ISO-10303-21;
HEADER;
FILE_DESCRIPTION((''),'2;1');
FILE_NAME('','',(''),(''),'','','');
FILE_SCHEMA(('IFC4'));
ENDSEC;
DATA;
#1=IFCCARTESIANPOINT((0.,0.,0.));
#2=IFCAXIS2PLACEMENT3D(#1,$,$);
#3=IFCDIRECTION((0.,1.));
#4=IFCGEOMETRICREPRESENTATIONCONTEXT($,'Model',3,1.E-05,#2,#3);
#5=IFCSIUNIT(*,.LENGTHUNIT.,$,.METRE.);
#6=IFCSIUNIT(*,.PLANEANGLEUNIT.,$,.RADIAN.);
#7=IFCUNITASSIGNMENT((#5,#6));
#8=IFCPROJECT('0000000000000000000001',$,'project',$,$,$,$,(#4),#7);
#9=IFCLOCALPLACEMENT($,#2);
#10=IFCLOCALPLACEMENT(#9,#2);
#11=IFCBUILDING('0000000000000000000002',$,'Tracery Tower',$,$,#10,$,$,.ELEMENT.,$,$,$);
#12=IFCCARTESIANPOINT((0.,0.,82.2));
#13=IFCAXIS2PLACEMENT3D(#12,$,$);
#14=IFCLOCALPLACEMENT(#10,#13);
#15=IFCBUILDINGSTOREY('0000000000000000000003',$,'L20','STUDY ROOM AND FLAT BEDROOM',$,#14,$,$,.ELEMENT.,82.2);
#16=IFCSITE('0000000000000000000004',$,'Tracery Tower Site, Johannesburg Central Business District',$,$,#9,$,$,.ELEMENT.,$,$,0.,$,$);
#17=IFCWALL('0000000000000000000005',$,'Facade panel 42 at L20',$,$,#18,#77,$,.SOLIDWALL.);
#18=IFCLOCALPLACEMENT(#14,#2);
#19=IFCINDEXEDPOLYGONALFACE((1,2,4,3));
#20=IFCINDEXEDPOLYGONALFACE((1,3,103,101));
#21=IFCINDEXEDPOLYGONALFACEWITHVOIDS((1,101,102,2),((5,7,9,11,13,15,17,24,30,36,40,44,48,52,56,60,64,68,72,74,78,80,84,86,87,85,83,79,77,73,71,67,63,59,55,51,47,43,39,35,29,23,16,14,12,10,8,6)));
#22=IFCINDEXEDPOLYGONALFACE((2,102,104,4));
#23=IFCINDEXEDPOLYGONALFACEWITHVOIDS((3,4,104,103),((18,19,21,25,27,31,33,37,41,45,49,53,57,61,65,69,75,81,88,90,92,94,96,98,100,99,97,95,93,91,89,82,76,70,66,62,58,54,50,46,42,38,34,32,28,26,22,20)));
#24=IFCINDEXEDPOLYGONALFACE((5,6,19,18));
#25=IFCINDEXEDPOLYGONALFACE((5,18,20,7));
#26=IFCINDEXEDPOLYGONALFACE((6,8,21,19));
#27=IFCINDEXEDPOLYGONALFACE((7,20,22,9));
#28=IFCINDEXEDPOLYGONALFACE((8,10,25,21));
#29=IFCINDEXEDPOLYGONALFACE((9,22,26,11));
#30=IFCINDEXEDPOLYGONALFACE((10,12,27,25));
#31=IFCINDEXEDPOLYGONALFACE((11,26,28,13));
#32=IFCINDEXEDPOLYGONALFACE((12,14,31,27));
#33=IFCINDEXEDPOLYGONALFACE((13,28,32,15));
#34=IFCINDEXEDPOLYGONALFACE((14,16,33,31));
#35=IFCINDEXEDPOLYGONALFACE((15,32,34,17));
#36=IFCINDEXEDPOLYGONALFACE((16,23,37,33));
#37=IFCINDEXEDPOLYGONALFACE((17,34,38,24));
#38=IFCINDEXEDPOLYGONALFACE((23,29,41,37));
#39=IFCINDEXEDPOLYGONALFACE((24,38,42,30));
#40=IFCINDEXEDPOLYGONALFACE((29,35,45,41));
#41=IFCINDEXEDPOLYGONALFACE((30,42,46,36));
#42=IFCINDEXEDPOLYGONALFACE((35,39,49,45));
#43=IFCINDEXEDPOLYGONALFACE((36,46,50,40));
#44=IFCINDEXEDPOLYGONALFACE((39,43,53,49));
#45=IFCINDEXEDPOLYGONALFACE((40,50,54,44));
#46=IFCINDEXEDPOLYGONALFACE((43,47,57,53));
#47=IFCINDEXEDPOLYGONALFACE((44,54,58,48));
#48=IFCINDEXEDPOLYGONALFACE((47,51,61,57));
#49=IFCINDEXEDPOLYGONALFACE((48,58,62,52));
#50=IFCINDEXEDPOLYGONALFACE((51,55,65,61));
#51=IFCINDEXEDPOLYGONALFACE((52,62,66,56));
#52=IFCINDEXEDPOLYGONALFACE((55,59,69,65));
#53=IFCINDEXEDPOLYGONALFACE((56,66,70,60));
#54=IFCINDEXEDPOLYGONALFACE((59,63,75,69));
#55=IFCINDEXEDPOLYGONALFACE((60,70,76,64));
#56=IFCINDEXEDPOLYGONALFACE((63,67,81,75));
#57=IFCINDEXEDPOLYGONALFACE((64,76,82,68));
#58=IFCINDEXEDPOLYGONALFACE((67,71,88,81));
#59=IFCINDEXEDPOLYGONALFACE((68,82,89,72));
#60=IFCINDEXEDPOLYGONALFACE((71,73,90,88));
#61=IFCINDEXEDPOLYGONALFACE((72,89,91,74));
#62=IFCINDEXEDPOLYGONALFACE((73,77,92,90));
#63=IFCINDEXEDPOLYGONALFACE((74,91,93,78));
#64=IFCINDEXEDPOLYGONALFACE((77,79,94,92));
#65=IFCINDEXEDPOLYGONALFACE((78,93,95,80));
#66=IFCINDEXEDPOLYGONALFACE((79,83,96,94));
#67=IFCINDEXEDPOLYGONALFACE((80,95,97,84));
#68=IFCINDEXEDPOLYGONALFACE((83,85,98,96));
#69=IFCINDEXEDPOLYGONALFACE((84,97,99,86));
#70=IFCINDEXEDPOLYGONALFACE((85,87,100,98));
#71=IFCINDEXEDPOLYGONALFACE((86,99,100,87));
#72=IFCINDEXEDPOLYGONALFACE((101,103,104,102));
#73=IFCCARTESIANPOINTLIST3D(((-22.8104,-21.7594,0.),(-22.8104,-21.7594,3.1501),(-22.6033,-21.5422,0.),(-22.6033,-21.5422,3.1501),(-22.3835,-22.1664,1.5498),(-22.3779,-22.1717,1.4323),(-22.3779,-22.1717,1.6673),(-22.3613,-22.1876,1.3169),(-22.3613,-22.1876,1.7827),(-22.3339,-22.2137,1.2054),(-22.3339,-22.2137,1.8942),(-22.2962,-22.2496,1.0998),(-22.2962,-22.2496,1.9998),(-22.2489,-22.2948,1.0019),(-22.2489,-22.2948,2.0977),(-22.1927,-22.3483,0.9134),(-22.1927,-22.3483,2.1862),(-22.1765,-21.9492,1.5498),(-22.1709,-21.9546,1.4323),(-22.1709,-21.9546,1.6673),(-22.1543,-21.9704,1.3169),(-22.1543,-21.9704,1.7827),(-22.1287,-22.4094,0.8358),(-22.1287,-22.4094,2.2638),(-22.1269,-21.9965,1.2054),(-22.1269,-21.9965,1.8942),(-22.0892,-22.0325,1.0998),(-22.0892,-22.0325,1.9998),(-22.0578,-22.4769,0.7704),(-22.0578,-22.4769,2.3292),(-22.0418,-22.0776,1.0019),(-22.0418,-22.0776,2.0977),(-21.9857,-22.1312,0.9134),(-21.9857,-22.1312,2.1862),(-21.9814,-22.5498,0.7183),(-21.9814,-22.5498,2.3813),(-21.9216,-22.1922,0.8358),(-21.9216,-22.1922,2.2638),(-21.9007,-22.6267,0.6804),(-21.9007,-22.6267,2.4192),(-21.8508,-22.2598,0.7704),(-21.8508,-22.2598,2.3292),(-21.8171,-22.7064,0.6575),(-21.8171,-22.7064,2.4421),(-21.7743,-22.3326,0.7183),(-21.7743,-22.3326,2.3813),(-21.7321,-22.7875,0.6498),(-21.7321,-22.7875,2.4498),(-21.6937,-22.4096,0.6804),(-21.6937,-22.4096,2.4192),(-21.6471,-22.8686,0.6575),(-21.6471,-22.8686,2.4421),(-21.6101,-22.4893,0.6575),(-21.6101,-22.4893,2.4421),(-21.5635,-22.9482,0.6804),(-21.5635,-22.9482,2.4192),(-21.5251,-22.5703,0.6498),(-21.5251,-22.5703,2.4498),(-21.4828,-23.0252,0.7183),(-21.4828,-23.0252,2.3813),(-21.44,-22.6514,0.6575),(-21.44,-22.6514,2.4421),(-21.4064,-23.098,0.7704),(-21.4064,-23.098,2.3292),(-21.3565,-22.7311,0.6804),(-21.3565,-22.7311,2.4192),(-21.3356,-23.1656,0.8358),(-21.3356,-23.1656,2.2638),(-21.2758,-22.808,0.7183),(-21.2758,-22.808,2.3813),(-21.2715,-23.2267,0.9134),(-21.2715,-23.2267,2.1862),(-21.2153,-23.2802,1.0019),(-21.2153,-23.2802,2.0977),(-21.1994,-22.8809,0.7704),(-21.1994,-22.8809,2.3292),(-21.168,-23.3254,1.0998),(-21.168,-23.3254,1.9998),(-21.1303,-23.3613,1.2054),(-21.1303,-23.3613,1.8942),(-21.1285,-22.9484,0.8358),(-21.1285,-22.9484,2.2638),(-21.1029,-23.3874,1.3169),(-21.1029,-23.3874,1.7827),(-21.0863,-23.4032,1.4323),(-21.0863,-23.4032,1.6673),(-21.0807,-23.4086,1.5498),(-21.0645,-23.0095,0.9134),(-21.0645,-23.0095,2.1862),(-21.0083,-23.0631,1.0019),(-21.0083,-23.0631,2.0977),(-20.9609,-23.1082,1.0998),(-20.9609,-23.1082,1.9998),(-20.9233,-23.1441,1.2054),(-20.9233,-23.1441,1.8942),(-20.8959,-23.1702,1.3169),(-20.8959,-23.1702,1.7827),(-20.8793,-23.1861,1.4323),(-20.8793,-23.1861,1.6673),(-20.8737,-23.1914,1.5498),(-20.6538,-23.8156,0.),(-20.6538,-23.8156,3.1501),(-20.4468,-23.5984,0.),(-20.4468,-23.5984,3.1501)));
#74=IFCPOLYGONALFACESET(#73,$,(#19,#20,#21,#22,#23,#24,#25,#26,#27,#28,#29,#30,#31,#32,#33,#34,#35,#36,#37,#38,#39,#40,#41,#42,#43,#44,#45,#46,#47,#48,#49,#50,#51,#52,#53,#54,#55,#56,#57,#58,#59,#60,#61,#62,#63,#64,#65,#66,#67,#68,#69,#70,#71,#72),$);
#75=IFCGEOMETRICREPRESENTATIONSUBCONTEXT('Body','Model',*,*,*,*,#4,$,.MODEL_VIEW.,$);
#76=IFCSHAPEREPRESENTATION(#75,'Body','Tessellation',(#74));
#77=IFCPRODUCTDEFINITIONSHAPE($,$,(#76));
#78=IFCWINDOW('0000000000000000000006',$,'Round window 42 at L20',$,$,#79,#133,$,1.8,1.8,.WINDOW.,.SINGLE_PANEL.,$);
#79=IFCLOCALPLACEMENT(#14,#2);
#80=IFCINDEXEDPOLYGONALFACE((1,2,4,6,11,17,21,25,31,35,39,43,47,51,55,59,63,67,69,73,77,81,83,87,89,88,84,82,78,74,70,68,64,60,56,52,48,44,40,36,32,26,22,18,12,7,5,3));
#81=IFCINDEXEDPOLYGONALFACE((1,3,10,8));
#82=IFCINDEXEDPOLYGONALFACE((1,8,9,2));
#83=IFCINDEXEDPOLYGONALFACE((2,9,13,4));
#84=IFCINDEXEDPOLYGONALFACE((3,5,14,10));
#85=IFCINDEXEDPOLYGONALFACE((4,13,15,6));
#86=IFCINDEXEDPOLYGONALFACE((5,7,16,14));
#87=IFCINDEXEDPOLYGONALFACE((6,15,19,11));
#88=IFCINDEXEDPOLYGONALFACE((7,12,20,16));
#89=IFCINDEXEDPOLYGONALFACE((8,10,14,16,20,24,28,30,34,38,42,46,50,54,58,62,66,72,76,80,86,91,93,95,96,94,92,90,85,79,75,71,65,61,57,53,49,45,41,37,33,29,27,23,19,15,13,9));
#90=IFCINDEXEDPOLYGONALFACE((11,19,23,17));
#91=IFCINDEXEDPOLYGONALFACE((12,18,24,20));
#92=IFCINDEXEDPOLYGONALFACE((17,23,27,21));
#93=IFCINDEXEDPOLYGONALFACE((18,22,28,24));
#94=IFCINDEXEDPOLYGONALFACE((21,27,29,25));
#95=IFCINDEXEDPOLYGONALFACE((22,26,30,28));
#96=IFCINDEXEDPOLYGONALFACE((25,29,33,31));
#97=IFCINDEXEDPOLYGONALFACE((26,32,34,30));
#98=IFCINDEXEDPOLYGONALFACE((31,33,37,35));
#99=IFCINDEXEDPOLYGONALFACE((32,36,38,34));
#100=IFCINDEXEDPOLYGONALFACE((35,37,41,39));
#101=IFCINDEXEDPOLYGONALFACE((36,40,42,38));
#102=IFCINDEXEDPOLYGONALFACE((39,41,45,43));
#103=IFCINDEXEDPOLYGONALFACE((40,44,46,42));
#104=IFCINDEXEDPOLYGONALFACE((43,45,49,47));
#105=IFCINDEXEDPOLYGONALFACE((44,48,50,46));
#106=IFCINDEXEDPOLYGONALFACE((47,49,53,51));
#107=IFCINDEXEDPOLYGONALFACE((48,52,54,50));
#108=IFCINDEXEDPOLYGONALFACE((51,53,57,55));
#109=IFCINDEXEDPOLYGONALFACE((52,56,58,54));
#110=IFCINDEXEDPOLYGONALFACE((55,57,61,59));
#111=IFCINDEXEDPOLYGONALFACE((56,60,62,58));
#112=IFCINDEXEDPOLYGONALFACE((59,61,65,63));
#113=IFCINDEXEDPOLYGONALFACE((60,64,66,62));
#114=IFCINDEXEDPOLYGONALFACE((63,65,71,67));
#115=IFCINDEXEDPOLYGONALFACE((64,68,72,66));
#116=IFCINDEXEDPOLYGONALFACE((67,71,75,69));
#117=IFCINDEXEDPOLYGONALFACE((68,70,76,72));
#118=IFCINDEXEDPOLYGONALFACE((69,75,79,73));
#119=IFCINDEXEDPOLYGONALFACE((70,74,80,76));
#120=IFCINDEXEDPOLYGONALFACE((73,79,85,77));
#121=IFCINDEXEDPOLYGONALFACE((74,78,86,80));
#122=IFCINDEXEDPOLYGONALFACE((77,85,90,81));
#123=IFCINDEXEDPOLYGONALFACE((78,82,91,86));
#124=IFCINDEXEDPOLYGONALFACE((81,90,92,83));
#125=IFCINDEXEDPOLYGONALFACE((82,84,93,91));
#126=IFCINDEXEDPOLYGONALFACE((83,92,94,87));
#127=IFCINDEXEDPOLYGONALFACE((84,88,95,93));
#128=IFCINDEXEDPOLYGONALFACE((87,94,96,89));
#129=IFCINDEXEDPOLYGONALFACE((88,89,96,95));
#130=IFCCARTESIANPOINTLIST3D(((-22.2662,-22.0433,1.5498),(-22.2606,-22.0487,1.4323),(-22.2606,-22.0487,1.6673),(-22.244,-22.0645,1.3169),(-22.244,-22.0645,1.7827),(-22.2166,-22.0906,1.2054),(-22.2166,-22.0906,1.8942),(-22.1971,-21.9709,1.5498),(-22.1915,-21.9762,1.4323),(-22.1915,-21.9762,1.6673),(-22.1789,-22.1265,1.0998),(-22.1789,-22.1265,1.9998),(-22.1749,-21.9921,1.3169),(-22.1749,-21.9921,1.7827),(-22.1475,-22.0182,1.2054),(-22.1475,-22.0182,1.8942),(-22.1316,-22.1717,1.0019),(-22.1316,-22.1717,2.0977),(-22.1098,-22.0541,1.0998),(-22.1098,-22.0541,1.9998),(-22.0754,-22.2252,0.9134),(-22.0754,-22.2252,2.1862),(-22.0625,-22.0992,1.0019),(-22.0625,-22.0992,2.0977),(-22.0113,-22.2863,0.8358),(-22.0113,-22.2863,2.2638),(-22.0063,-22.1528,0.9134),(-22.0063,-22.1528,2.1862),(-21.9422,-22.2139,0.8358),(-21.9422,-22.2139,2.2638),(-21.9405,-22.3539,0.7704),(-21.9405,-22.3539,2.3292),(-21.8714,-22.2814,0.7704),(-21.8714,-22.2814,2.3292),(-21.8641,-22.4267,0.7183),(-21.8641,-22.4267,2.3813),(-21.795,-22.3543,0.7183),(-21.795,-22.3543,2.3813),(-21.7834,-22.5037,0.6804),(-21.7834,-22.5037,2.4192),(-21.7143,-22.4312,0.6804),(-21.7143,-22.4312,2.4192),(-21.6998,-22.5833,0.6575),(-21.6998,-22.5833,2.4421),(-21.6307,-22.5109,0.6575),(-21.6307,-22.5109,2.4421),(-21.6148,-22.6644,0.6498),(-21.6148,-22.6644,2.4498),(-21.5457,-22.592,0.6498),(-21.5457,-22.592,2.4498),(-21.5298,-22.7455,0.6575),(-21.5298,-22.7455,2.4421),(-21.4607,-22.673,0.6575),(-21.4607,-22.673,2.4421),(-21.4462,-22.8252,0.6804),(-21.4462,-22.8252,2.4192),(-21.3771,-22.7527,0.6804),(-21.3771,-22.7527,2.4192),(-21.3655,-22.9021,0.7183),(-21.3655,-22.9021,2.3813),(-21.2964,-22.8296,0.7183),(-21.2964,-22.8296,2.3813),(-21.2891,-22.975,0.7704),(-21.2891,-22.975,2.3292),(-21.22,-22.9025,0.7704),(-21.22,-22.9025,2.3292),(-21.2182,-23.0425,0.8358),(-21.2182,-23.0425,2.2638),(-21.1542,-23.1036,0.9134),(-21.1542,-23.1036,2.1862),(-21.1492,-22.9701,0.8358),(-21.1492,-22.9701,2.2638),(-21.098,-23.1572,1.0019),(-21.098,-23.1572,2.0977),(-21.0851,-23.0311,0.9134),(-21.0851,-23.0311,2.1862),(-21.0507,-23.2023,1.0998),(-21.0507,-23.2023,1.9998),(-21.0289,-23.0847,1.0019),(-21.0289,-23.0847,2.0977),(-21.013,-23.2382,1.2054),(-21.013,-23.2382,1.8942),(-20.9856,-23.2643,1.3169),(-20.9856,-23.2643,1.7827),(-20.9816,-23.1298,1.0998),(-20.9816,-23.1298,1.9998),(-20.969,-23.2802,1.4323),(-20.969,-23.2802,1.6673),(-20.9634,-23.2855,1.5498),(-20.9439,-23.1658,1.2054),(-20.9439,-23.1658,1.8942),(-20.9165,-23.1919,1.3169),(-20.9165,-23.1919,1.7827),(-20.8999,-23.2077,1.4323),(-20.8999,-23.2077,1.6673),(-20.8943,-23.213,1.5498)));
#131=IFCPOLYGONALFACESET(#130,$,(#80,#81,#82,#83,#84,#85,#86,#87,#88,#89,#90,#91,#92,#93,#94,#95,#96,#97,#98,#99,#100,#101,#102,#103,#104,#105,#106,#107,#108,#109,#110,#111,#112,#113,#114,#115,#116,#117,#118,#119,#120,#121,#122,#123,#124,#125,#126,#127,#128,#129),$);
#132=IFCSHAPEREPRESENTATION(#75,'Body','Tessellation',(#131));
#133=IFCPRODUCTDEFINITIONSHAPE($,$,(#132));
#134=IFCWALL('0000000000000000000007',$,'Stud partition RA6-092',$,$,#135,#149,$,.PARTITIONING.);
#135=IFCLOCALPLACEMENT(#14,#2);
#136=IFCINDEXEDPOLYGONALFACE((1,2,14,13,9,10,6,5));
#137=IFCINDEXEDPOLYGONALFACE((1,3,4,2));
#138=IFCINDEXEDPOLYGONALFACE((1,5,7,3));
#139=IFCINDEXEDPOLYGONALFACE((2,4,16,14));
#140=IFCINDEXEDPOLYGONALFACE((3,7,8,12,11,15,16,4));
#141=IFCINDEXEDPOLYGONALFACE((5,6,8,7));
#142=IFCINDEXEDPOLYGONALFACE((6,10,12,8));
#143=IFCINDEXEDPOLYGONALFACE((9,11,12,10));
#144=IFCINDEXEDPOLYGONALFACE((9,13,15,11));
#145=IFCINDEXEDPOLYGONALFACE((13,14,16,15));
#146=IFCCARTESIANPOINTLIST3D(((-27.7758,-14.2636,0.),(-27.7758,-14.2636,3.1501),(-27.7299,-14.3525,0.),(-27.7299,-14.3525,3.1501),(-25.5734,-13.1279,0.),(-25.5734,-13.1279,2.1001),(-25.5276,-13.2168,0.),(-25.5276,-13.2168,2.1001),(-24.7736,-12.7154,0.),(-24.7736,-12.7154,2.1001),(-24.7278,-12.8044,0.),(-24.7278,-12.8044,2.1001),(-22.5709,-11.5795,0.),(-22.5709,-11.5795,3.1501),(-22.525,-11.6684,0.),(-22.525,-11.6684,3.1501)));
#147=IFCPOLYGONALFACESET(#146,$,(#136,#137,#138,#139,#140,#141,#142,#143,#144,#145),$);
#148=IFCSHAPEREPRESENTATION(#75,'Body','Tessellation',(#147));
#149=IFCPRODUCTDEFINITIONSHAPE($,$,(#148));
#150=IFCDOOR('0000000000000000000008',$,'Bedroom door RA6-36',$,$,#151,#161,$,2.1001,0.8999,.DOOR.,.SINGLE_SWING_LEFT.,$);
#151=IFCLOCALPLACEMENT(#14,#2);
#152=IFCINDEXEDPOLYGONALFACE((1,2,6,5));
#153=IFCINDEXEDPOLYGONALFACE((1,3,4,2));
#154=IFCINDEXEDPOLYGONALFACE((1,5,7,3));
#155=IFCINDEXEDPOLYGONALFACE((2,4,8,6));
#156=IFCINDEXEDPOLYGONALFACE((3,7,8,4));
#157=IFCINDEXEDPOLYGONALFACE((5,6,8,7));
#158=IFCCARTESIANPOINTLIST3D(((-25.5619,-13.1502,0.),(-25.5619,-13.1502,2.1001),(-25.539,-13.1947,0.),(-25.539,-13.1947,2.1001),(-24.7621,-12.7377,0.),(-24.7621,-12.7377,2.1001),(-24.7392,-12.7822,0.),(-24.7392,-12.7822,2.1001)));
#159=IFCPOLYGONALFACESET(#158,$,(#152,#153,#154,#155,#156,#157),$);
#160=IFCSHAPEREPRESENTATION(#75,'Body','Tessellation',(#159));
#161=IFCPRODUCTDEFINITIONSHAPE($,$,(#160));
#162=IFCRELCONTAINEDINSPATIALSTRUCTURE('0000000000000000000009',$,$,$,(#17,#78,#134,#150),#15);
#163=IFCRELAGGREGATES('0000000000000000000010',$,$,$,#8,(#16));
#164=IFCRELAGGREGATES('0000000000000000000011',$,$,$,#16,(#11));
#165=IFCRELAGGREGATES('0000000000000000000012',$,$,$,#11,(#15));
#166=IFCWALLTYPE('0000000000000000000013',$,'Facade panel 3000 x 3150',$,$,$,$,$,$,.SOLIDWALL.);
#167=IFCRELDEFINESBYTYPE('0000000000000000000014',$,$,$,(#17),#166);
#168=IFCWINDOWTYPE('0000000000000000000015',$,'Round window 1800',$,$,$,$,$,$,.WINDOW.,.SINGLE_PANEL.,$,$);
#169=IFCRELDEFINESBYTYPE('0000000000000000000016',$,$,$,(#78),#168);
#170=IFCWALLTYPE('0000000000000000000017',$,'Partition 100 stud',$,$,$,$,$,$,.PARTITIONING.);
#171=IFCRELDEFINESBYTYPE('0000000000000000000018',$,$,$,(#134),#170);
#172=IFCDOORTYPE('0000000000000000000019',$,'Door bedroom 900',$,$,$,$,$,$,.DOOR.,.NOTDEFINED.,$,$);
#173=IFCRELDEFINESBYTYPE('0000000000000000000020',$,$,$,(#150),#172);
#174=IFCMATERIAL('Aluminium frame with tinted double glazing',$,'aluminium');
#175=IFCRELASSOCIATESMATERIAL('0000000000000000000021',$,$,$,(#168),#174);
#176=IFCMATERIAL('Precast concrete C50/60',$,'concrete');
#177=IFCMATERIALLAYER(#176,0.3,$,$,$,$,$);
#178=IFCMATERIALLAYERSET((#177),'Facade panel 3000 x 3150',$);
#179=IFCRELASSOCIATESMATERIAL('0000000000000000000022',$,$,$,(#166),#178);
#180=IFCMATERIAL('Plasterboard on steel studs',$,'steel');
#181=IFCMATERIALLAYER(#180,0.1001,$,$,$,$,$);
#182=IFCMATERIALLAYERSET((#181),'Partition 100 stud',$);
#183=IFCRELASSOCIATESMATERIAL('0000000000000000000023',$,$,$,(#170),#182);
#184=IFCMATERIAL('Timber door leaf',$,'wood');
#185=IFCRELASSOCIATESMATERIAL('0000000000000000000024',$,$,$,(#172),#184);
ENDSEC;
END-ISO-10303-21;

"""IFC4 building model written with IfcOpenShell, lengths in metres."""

from ifc_helpers import new_model, si_unit, direction, frame, frame_2d, origin, origin_2d, place, context, subcontext, project, spatial, rectangle, circle, extrude, material, layer, layer_set, type_object, element, fill, save


model = new_model("IFC4")

# Units and contexts
model_context = context("Model", 3, precision=1e-05, world=origin(), true_north=direction((0.0, 1.0)))
body_context = subcontext(model_context, "Body", "Model", "MODEL_VIEW")
ifc_project = project(units=[si_unit("LENGTHUNIT", "METRE"), si_unit("PLANEANGLEUNIT", "RADIAN")], contexts=[model_context])

# Site, building, storey
site_placement = place(None, origin())
site = spatial("IfcSite", under=ifc_project, at=site_placement, Name="Tracery Tower Site, Johannesburg Central Business District", CompositionType="ELEMENT", RefElevation=0.0)
building_placement = place(site_placement, origin())
building = spatial("IfcBuilding", under=site, at=building_placement, Name="Tracery Tower", CompositionType="ELEMENT")
storey_placement = place(building_placement, frame((0.0, 0.0, 82.2)))
storey = spatial("IfcBuildingStorey", under=building, at=storey_placement, Name="L20", Description="STUDY ROOM AND FLAT BEDROOM", CompositionType="ELEMENT", Elevation=82.2)

# Wall, opening, window
ifc_material_1 = material(Name="Aluminium frame with tinted double glazing", Category="aluminium")
window_type = type_object("IfcWindowType", Name="Round window 1800", PartitioningType="SINGLE_PANEL", PredefinedType="WINDOW", material=ifc_material_1)
ifc_material_2 = material(Name="Precast concrete C50/60", Category="concrete")
ifc_layer_1 = layer(ifc_material_2, 0.3)
ifc_layer_set_1 = layer_set([ifc_layer_1], Name="Facade panel 3000 x 3150")
wall_type_1 = type_object("IfcWallType", Name="Facade panel 3000 x 3150", PredefinedType="SOLIDWALL", material=ifc_layer_set_1)
wall_1_placement = place(storey_placement, frame((-22.7068, -21.6509, 0.0), z_axis=(0.0, 0.0, 1.0), x_axis=(0.723744, -0.690068, 0.0)))
wall_1 = element("IfcWall", 1, at=wall_1_placement, inside=storey, type_object=wall_type_1, Name="Facade panel 42 at L20", PredefinedType="SOLIDWALL", context=body_context, shape_type="SweptSolid", body=[
    extrude(rectangle(XDim=2.9797, YDim=0.3, at=frame_2d((1.4897, 0.0))), origin(), (0.0, 0.0, 1.0), 3.1501),
])
opening_1_placement = place(wall_1_placement, frame((1.4897, 0.0, 1.5498)))
opening_1 = element("IfcOpeningElement", 2, at=opening_1_placement, cuts=wall_1, PredefinedType="OPENING", context=body_context, shape_type="SweptSolid", body=[
    extrude(circle(Radius=0.9, at=origin_2d()), frame((0.0, 0.1599, 0.0), z_axis=(0.0, -1.0, 0.0), x_axis=(1.0, 0.0, 0.0)), (0.0, 0.0, 1.0), 0.3201),
])
window_1_placement = place(opening_1_placement, origin())
window_1 = element("IfcWindow", 3, at=window_1_placement, inside=storey, type_object=window_type, Name="Round window 42 at L20", OverallHeight=1.8, OverallWidth=1.8, PartitioningType="SINGLE_PANEL", PredefinedType="WINDOW", context=body_context, shape_type="SweptSolid", body=[
    extrude(circle(Radius=0.9, at=origin_2d()), frame((0.0, 0.1201, 0.0), z_axis=(0.0, -1.0, 0.0), x_axis=(1.0, 0.0, 0.0)), (0.0, 0.0, 1.0), 0.1001),
])
fill(opening_1, window_1)

# Wall, opening, door
ifc_material_3 = material(Name="Plasterboard on steel studs", Category="steel")
ifc_layer_2 = layer(ifc_material_3, 0.1001)
ifc_layer_set_2 = layer_set([ifc_layer_2], Name="Partition 100 stud")
wall_type_2 = type_object("IfcWallType", Name="Partition 100 stud", PredefinedType="PARTITIONING", material=ifc_layer_set_2)
wall_2_placement = place(storey_placement, frame((-27.7529, -14.3081, 0.0), z_axis=(0.0, 0.0, 1.0), x_axis=(0.88878, 0.458335, 0.0)))
wall_2 = element("IfcWall", 4, at=wall_2_placement, inside=storey, type_object=wall_type_2, Name="Stud partition RA6-092", PredefinedType="PARTITIONING", context=body_context, shape_type="SweptSolid", body=[
    extrude(rectangle(XDim=5.8562, YDim=0.1001, at=frame_2d((2.9282, 0.0))), origin(), (0.0, 0.0, 1.0), 3.1501),
])
opening_2_placement = place(wall_2_placement, frame((2.478, 0.0, 0.0)))
opening_2 = element("IfcOpeningElement", 5, at=opening_2_placement, cuts=wall_2, PredefinedType="OPENING", context=body_context, shape_type="SweptSolid", body=[
    extrude(rectangle(XDim=0.8999, YDim=2.1001, at=frame_2d((0.45, 1.05))), frame((0.0, 0.05, 0.0), z_axis=(0.0, -1.0, 0.0), x_axis=(1.0, 0.0, 0.0)), (0.0, 0.0, 1.0), 0.1001),
])
ifc_material_4 = material(Name="Timber door leaf", Category="wood")
door_type = type_object("IfcDoorType", Name="Door bedroom 900", OperationType="NOTDEFINED", PredefinedType="DOOR", material=ifc_material_4)
door_1_placement = place(opening_2_placement, origin())
door_1 = element("IfcDoor", 6, at=door_1_placement, inside=storey, type_object=door_type, Name="Bedroom door RA6-36", OperationType="SINGLE_SWING_LEFT", OverallHeight=2.1001, OverallWidth=0.8999, PredefinedType="DOOR", context=body_context, shape_type="SweptSolid", body=[
    extrude(rectangle(XDim=0.8999, YDim=2.1001, at=frame_2d((0.45, 1.05))), frame((0.0, 0.0249, 0.0), z_axis=(0.0, -1.0, 0.0), x_axis=(1.0, 0.0, 0.0)), (0.0, 0.0, 1.0), 0.05),
])
fill(opening_2, door_1)

save(model, "model.ifc")
